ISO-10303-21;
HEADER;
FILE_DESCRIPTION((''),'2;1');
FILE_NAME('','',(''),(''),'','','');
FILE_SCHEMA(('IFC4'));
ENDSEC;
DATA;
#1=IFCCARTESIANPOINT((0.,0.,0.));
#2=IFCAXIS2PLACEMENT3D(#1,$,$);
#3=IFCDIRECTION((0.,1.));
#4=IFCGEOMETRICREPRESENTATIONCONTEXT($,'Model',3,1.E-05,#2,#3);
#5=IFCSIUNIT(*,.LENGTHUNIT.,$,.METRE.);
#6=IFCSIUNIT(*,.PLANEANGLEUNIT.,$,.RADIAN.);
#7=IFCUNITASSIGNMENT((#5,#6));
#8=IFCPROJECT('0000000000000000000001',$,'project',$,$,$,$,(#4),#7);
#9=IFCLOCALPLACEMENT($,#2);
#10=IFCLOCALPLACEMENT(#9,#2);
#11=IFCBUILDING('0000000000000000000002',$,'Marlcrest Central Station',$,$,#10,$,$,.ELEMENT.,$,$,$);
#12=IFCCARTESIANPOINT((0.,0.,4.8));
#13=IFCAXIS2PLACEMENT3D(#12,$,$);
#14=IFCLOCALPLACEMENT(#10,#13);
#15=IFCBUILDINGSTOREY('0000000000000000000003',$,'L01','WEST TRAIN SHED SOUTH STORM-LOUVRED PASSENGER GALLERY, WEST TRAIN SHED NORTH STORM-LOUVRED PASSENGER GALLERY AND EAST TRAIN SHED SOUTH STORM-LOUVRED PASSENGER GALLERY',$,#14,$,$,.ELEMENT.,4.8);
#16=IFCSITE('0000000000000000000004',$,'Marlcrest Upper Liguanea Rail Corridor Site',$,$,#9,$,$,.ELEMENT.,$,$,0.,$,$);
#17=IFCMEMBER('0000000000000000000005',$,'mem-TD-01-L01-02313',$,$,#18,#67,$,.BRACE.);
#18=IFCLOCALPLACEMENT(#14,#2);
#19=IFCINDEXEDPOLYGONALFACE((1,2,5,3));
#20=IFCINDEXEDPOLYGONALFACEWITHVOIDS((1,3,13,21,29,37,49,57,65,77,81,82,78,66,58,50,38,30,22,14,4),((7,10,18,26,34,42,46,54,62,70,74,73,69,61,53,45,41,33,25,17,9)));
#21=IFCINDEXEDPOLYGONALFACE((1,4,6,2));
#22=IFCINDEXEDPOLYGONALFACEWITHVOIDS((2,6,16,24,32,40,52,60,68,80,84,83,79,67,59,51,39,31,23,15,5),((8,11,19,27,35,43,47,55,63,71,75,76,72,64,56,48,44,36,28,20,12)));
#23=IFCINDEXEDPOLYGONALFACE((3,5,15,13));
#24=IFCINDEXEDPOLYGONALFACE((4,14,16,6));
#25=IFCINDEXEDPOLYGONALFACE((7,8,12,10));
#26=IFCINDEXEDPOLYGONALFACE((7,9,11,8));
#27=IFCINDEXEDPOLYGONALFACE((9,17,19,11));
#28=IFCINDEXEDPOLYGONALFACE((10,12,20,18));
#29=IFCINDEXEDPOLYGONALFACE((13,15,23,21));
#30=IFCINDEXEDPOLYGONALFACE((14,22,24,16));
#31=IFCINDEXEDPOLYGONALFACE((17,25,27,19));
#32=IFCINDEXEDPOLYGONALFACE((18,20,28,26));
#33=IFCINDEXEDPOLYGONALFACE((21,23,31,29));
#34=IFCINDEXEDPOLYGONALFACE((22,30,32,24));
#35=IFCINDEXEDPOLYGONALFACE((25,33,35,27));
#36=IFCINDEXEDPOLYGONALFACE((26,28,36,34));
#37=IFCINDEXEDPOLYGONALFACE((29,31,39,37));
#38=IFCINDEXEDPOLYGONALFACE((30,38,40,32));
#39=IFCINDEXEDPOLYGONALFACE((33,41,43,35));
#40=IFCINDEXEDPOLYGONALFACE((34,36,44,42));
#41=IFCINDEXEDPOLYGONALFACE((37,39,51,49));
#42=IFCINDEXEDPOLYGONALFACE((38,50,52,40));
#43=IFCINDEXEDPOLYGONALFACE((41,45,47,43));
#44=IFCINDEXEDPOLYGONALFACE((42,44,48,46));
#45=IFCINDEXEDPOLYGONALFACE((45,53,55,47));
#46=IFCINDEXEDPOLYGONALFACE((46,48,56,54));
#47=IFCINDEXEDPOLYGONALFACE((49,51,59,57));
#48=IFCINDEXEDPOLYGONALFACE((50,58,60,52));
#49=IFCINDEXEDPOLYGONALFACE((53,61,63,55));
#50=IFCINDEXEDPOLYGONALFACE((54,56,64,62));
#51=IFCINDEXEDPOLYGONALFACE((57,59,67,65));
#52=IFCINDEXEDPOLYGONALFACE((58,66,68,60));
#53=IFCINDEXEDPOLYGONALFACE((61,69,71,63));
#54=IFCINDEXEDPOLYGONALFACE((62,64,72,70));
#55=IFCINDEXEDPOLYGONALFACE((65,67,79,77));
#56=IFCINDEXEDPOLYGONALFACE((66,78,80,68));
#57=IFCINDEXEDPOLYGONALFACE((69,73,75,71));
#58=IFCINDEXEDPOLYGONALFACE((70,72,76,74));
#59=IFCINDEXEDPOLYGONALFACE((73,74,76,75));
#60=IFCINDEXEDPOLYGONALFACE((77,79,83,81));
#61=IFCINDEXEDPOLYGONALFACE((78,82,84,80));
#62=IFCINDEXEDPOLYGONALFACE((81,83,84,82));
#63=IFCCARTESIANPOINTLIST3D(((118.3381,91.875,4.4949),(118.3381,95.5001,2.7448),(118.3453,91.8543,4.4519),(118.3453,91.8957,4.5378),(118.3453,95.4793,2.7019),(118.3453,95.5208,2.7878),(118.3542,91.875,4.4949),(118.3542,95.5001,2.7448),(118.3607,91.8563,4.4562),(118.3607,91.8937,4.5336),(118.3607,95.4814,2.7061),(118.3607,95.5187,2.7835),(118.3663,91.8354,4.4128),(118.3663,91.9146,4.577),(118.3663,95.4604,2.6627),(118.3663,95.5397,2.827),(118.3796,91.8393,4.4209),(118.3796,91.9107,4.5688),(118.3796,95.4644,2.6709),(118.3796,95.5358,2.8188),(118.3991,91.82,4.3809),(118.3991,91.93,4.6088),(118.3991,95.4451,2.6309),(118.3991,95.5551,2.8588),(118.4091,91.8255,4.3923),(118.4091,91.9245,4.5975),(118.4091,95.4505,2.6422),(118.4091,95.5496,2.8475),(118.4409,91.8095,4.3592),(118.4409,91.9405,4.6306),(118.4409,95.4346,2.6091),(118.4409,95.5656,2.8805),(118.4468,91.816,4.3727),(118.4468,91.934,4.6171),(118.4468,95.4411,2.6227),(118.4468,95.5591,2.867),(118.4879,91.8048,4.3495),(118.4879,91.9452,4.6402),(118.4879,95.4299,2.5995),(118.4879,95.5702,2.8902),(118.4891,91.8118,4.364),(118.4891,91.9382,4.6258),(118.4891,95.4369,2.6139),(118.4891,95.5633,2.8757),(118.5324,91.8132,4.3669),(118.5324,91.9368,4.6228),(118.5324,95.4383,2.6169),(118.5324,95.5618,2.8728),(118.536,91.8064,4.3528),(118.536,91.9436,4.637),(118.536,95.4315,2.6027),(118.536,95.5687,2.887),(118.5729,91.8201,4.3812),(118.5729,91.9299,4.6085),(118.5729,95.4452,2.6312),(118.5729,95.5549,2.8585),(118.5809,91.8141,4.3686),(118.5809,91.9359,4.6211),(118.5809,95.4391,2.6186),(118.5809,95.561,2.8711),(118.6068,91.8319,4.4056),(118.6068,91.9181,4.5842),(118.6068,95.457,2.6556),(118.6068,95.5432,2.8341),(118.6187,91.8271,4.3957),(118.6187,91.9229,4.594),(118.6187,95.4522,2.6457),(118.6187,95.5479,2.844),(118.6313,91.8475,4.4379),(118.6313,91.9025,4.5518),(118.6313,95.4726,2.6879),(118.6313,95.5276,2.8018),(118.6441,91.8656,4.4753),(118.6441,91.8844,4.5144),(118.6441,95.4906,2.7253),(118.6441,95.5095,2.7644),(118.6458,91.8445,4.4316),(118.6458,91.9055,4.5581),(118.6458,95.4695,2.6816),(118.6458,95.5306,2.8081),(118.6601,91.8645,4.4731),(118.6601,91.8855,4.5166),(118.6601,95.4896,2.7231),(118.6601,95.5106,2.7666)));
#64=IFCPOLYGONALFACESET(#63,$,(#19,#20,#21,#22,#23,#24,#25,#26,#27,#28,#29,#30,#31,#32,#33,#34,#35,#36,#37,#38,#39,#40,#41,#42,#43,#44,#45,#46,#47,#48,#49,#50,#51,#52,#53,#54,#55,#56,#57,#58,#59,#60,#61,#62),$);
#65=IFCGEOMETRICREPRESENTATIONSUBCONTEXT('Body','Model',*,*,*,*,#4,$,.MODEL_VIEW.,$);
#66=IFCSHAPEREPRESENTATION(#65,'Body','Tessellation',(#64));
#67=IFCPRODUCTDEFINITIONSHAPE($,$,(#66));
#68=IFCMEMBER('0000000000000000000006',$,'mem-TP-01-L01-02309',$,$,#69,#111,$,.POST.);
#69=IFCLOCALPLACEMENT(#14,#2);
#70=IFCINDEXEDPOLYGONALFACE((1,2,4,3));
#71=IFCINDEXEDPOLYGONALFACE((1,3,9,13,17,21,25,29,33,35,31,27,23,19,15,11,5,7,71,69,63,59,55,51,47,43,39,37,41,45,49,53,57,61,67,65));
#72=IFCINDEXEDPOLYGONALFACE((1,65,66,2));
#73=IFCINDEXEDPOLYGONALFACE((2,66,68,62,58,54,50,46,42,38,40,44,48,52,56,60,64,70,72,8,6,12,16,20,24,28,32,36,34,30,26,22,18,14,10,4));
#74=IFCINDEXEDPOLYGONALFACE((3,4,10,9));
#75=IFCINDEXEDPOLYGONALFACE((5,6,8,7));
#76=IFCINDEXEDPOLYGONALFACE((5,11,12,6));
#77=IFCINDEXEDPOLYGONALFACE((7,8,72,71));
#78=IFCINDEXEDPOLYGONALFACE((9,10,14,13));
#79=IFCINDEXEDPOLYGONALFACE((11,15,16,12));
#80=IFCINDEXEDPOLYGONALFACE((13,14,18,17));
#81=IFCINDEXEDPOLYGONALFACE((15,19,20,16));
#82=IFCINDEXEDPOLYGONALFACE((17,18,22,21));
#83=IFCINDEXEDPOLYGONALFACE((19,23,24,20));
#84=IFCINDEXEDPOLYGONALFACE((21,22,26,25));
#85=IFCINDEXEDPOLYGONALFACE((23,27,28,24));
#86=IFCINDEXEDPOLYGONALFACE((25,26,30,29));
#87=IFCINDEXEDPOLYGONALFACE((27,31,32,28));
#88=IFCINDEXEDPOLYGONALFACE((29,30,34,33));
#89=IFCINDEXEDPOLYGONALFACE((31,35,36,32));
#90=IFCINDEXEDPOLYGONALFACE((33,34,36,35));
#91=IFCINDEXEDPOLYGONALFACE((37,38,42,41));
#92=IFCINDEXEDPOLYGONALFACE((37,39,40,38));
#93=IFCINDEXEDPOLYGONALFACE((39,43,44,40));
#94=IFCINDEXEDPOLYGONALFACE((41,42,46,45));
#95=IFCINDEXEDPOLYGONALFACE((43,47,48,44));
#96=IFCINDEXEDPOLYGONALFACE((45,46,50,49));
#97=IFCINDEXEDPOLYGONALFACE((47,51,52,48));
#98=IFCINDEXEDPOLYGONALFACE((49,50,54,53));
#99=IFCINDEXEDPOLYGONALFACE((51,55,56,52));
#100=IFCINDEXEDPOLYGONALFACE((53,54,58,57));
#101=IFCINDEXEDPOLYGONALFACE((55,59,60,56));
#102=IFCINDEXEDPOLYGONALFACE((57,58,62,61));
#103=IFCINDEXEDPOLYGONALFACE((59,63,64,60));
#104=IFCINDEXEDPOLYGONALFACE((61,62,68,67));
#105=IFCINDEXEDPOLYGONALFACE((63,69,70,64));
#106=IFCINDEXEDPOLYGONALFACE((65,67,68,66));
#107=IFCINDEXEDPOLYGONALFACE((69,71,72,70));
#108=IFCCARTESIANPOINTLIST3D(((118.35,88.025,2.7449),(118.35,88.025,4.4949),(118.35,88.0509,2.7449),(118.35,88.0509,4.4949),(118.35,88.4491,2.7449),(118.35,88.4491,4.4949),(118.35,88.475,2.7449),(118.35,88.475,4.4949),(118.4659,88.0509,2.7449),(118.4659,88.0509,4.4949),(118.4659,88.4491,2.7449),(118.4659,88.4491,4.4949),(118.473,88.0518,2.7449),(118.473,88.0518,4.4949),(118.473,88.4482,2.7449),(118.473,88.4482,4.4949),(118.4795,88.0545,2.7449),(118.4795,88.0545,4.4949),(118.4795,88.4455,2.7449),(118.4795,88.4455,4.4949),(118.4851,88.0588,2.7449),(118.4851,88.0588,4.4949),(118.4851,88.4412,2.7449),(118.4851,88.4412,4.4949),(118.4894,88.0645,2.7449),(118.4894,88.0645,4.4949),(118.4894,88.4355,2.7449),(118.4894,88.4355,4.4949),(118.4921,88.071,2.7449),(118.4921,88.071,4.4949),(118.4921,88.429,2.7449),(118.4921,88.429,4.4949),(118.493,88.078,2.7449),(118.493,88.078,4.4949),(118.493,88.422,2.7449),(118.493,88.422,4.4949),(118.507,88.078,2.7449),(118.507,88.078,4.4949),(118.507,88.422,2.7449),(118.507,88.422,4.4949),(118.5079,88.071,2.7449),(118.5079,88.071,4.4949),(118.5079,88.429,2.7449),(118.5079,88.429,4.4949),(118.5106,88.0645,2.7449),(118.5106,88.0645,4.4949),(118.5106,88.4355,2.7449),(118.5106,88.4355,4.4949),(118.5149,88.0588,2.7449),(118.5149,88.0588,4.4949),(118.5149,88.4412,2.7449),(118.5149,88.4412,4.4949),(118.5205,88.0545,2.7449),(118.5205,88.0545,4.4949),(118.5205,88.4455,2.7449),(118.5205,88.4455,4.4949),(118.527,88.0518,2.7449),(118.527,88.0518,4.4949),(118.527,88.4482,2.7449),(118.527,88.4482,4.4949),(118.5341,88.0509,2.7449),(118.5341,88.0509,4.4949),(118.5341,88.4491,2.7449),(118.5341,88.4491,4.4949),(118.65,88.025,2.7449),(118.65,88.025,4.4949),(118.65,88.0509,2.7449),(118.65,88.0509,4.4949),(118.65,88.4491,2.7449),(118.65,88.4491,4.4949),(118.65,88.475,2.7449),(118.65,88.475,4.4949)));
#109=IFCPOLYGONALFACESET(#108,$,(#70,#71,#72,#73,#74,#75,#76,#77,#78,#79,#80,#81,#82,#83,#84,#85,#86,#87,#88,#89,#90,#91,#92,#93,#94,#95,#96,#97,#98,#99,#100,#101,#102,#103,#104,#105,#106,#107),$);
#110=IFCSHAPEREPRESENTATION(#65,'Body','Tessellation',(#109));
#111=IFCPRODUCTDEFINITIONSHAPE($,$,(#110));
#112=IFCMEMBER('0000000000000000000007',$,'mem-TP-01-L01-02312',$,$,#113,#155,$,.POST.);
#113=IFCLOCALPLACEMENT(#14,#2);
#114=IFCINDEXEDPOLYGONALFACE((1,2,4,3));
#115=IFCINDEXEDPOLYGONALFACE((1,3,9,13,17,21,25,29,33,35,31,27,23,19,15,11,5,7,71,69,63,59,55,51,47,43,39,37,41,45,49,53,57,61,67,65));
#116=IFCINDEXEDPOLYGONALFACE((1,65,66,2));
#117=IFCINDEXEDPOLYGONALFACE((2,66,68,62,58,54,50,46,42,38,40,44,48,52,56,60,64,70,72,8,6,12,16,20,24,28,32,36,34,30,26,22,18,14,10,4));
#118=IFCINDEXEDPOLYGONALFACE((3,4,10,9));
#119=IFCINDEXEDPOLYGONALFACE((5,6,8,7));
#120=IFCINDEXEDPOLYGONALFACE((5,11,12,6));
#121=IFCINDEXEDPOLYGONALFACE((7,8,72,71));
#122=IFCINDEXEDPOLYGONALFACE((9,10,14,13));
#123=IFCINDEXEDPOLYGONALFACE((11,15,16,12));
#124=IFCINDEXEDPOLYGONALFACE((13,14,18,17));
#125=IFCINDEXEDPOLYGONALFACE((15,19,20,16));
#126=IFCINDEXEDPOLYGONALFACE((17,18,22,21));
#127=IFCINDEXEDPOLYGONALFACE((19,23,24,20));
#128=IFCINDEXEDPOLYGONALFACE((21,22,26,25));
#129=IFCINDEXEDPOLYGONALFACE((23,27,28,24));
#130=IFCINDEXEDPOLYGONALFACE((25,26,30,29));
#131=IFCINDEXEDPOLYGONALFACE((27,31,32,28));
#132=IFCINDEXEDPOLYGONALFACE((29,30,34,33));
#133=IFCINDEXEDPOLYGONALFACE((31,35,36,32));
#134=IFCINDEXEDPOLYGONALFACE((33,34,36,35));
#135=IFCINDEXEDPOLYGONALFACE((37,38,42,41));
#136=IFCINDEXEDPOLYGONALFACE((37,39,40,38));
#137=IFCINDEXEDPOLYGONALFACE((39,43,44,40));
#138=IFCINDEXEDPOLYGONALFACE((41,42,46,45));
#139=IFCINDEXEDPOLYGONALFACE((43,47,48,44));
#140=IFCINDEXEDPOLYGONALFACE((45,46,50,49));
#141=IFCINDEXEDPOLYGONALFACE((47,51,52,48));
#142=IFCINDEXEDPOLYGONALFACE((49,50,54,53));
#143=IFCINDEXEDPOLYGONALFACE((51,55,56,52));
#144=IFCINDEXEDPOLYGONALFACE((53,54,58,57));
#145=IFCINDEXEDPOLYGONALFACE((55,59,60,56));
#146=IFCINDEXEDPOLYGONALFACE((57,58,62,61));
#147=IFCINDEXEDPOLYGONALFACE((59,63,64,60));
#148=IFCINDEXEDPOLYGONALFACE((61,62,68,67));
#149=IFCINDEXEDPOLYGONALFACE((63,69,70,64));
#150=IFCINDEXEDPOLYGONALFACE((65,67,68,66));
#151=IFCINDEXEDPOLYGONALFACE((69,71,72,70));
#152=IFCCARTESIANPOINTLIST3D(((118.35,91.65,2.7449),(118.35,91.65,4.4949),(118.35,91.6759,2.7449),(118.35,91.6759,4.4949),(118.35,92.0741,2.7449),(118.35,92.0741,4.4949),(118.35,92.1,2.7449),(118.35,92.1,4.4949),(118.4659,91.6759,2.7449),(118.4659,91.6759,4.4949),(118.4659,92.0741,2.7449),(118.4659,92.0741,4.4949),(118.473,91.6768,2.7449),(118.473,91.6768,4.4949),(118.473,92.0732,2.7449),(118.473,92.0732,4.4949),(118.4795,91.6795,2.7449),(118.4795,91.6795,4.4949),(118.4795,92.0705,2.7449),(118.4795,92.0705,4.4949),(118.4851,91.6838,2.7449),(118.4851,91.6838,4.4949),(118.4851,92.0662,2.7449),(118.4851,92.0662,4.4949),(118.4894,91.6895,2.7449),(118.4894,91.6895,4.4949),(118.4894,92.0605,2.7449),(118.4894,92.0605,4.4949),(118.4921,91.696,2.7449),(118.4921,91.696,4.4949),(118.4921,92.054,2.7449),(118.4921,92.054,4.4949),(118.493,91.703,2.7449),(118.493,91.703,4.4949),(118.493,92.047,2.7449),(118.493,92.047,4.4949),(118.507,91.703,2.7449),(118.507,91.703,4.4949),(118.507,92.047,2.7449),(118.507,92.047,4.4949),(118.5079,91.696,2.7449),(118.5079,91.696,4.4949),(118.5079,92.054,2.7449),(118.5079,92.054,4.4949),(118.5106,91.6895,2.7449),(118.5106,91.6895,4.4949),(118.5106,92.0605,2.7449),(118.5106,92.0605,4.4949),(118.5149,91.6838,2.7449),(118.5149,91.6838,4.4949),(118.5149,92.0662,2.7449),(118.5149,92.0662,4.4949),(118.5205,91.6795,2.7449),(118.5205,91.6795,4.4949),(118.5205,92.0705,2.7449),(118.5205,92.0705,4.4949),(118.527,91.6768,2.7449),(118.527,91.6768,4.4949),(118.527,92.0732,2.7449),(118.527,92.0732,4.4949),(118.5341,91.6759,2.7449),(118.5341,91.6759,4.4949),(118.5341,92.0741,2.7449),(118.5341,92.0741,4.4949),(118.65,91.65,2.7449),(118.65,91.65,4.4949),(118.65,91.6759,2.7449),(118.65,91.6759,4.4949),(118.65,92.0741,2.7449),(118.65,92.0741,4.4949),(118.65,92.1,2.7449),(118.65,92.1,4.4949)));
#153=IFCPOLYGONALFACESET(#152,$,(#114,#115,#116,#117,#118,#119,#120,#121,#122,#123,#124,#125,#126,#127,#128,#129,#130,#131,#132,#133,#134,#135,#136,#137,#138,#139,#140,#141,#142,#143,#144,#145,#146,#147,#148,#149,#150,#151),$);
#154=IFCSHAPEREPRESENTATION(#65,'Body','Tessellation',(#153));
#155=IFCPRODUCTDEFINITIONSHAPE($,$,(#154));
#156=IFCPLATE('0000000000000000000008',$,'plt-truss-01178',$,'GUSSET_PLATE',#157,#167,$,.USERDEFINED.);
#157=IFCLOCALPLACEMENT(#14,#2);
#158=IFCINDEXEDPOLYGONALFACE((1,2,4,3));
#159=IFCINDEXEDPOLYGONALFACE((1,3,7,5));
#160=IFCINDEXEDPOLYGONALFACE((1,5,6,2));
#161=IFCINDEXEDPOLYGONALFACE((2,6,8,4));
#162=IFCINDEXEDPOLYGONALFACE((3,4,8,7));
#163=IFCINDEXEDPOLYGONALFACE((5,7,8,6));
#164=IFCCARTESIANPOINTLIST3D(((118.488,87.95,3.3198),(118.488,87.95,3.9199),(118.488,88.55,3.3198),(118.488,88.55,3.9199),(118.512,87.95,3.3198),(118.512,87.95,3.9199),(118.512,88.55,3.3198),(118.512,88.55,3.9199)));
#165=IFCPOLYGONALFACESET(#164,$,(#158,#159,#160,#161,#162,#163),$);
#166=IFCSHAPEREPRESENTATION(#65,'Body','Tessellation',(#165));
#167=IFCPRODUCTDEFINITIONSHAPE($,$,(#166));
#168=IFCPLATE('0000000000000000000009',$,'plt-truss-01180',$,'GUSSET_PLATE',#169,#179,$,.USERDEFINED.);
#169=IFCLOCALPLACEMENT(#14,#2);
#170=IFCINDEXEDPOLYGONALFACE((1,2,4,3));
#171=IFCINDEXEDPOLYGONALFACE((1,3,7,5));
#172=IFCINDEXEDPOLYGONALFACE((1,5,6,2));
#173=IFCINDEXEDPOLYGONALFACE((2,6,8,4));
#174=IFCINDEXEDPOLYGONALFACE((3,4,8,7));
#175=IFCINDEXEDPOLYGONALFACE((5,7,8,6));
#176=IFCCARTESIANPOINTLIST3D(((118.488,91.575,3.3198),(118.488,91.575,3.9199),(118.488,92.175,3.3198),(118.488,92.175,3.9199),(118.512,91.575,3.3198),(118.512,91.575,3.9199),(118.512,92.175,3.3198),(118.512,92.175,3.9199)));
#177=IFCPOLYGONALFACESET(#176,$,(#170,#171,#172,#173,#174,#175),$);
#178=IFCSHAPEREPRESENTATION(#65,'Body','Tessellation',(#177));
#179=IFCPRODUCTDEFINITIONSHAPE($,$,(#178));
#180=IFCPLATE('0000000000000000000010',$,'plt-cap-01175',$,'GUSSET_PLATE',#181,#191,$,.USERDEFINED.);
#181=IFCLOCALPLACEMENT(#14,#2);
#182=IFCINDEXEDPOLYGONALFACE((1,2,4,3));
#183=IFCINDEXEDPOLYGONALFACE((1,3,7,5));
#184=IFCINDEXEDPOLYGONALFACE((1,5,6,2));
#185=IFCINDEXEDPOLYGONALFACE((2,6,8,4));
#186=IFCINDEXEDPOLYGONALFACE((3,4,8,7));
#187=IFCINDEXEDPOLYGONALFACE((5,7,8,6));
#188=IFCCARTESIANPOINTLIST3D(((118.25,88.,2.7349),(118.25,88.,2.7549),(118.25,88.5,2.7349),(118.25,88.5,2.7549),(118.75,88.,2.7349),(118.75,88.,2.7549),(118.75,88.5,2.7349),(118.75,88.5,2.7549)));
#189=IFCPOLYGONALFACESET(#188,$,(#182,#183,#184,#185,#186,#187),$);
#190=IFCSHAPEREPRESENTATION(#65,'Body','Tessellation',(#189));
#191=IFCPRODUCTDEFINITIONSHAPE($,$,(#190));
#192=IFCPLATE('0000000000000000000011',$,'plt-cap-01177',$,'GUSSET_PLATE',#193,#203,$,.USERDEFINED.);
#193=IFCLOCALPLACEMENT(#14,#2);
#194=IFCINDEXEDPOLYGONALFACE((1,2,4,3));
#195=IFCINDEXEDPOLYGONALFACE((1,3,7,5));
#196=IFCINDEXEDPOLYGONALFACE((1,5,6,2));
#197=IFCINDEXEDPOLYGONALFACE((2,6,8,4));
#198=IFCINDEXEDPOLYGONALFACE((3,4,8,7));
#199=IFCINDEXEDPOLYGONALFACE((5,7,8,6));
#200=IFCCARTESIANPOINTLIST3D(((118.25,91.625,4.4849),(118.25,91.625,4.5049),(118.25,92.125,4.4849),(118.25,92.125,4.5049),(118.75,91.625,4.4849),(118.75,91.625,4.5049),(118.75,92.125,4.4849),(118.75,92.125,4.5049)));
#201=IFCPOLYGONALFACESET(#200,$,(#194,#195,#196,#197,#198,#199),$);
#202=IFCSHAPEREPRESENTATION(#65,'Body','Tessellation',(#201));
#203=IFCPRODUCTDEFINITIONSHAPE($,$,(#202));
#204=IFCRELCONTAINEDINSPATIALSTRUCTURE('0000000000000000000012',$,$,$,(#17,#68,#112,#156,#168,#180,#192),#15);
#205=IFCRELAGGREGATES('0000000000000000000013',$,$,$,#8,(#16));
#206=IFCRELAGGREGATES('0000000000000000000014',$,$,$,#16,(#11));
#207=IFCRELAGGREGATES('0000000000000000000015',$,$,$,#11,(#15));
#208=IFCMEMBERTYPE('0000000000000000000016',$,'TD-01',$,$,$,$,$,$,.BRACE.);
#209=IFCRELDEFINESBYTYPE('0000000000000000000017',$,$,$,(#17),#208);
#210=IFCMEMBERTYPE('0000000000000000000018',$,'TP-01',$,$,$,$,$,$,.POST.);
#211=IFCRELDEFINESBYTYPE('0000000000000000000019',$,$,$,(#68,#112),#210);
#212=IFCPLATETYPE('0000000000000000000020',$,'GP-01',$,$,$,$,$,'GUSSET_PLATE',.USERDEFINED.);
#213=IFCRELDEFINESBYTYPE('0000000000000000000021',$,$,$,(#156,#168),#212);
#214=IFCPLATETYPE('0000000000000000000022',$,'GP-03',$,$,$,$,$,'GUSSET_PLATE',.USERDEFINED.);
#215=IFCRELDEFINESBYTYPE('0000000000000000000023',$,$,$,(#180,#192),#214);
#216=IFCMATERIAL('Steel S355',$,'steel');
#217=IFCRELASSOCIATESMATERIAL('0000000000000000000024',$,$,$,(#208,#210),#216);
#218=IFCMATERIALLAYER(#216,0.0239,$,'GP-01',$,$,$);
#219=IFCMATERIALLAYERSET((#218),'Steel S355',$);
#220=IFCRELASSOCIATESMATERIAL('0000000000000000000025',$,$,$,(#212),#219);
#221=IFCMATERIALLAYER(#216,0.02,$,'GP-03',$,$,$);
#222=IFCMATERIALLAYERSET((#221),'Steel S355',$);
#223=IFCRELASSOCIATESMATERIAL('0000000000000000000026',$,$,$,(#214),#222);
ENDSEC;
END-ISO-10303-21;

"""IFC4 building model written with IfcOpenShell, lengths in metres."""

from ifc_helpers import new_model, si_unit, direction, frame, origin, origin_2d, place, context, subcontext, project, spatial, rectangle, hollow_circle, i_section, extrude, material, layer, layer_set, material_profile, profile_set, type_object, element, save


model = new_model("IFC4")

# Units and contexts
model_context = context("Model", 3, precision=1e-05, world=origin(), true_north=direction((0.0, 1.0)))
body_context = subcontext(model_context, "Body", "Model", "MODEL_VIEW")
ifc_project = project(units=[si_unit("LENGTHUNIT", "METRE"), si_unit("PLANEANGLEUNIT", "RADIAN")], contexts=[model_context])

# Site, building, storey
site_placement = place(None, origin())
site = spatial("IfcSite", under=ifc_project, at=site_placement, Name="Marlcrest Upper Liguanea Rail Corridor Site", CompositionType="ELEMENT", RefElevation=0.0)
building_placement = place(site_placement, origin())
building = spatial("IfcBuilding", under=site, at=building_placement, Name="Marlcrest Central Station", CompositionType="ELEMENT")
storey_placement = place(building_placement, frame((0.0, 0.0, 4.8)))
storey = spatial("IfcBuildingStorey", under=building, at=storey_placement, Name="L01", Description="WEST TRAIN SHED SOUTH STORM-LOUVRED PASSENGER GALLERY, WEST TRAIN SHED NORTH STORM-LOUVRED PASSENGER GALLERY AND EAST TRAIN SHED SOUTH STORM-LOUVRED PASSENGER GALLERY", CompositionType="ELEMENT", Elevation=4.8)

# Shared definitions
ifc_material_1 = material(Name="Steel S355", Category="steel")

# Members
ifc_material_profile_1 = material_profile(ifc_material_1, hollow_circle(Radius=0.1619, WallThickness=0.0161, at=origin_2d()), Name="CHS 323.9x16")
ifc_profile_set_1 = profile_set([ifc_material_profile_1], Name="Steel S355")
member_type_1 = type_object("IfcMemberType", Name="TD-01", PredefinedType="BRACE", material=ifc_profile_set_1)
for number, where, z_axis, x_axis, name in (
    (1, (118.5, 91.875, 4.4949), (0.0, 0.900552, -0.434749), (-1.0, 0.0, 0.0), "mem-TD-01-L01-02313"),
):
    element("IfcMember", number, at=place(storey_placement, frame(where, z_axis=z_axis, x_axis=x_axis)), inside=storey, type_object=member_type_1, Name=name, PredefinedType="BRACE", context=body_context, shape_type="SweptSolid", body=[
        extrude(hollow_circle(Radius=0.1619, WallThickness=0.0161, at=origin_2d()), origin(), (0.0, 0.0, 1.0), 4.0254),
    ])
ifc_material_profile_2 = material_profile(ifc_material_1, i_section(OverallWidth=0.3, OverallDepth=0.45, WebThickness=0.0139, FlangeThickness=0.0259, FilletRadius=0.0271, at=origin_2d()), Name="HEB 450")
ifc_profile_set_2 = profile_set([ifc_material_profile_2], Name="Steel S355")
member_type_2 = type_object("IfcMemberType", Name="TP-01", PredefinedType="POST", material=ifc_profile_set_2)
for number, where, z_axis, x_axis, name in (
    (2, (118.5, 88.25, 2.7449), (0.0, 0.0, 1.0), (1.0, 0.0, 0.0), "mem-TP-01-L01-02309"),
    (3, (118.5, 91.875, 2.7449), (0.0, 0.0, 1.0), (1.0, 0.0, 0.0), "mem-TP-01-L01-02312"),
):
    element("IfcMember", number, at=place(storey_placement, frame(where, z_axis=z_axis, x_axis=x_axis)), inside=storey, type_object=member_type_2, Name=name, PredefinedType="POST", context=body_context, shape_type="SweptSolid", body=[
        extrude(i_section(OverallWidth=0.3, OverallDepth=0.45, WebThickness=0.0139, FlangeThickness=0.0259, FilletRadius=0.0271, at=origin_2d()), origin(), (0.0, 0.0, 1.0), 1.75),
    ])

# Plates
ifc_layer_1 = layer(ifc_material_1, 0.0239, Name="GP-01")
ifc_layer_set_1 = layer_set([ifc_layer_1], Name="Steel S355")
plate_type_1 = type_object("IfcPlateType", Name="GP-01", ElementType="GUSSET_PLATE", PredefinedType="USERDEFINED", material=ifc_layer_set_1)
for number, where, z_axis, x_axis, name in (
    (4, (118.5, 88.25, 3.3198), (0.0, 0.0, 1.0), (1.0, 0.0, 0.0), "plt-truss-01178"),
    (5, (118.5, 91.875, 3.3198), (0.0, 0.0, 1.0), (1.0, 0.0, 0.0), "plt-truss-01180"),
):
    element("IfcPlate", number, at=place(storey_placement, frame(where, z_axis=z_axis, x_axis=x_axis)), inside=storey, type_object=plate_type_1, Name=name, ObjectType="GUSSET_PLATE", PredefinedType="USERDEFINED", context=body_context, shape_type="SweptSolid", body=[
        extrude(rectangle(XDim=0.0239, YDim=0.6001, at=origin_2d()), origin(), (0.0, 0.0, 1.0), 0.6001),
    ])
ifc_layer_2 = layer(ifc_material_1, 0.02, Name="GP-03")
ifc_layer_set_2 = layer_set([ifc_layer_2], Name="Steel S355")
plate_type_2 = type_object("IfcPlateType", Name="GP-03", ElementType="GUSSET_PLATE", PredefinedType="USERDEFINED", material=ifc_layer_set_2)
for number, where, z_axis, x_axis, name in (
    (6, (118.5, 88.25, 2.7349), (0.0, 0.0, 1.0), (1.0, 0.0, 0.0), "plt-cap-01175"),
    (7, (118.5, 91.875, 4.4849), (0.0, 0.0, 1.0), (1.0, 0.0, 0.0), "plt-cap-01177"),
):
    element("IfcPlate", number, at=place(storey_placement, frame(where, z_axis=z_axis, x_axis=x_axis)), inside=storey, type_object=plate_type_2, Name=name, ObjectType="GUSSET_PLATE", PredefinedType="USERDEFINED", context=body_context, shape_type="SweptSolid", body=[
        extrude(rectangle(XDim=0.5, YDim=0.5, at=origin_2d()), origin(), (0.0, 0.0, 1.0), 0.02),
    ])

save(model, "model.ifc")
